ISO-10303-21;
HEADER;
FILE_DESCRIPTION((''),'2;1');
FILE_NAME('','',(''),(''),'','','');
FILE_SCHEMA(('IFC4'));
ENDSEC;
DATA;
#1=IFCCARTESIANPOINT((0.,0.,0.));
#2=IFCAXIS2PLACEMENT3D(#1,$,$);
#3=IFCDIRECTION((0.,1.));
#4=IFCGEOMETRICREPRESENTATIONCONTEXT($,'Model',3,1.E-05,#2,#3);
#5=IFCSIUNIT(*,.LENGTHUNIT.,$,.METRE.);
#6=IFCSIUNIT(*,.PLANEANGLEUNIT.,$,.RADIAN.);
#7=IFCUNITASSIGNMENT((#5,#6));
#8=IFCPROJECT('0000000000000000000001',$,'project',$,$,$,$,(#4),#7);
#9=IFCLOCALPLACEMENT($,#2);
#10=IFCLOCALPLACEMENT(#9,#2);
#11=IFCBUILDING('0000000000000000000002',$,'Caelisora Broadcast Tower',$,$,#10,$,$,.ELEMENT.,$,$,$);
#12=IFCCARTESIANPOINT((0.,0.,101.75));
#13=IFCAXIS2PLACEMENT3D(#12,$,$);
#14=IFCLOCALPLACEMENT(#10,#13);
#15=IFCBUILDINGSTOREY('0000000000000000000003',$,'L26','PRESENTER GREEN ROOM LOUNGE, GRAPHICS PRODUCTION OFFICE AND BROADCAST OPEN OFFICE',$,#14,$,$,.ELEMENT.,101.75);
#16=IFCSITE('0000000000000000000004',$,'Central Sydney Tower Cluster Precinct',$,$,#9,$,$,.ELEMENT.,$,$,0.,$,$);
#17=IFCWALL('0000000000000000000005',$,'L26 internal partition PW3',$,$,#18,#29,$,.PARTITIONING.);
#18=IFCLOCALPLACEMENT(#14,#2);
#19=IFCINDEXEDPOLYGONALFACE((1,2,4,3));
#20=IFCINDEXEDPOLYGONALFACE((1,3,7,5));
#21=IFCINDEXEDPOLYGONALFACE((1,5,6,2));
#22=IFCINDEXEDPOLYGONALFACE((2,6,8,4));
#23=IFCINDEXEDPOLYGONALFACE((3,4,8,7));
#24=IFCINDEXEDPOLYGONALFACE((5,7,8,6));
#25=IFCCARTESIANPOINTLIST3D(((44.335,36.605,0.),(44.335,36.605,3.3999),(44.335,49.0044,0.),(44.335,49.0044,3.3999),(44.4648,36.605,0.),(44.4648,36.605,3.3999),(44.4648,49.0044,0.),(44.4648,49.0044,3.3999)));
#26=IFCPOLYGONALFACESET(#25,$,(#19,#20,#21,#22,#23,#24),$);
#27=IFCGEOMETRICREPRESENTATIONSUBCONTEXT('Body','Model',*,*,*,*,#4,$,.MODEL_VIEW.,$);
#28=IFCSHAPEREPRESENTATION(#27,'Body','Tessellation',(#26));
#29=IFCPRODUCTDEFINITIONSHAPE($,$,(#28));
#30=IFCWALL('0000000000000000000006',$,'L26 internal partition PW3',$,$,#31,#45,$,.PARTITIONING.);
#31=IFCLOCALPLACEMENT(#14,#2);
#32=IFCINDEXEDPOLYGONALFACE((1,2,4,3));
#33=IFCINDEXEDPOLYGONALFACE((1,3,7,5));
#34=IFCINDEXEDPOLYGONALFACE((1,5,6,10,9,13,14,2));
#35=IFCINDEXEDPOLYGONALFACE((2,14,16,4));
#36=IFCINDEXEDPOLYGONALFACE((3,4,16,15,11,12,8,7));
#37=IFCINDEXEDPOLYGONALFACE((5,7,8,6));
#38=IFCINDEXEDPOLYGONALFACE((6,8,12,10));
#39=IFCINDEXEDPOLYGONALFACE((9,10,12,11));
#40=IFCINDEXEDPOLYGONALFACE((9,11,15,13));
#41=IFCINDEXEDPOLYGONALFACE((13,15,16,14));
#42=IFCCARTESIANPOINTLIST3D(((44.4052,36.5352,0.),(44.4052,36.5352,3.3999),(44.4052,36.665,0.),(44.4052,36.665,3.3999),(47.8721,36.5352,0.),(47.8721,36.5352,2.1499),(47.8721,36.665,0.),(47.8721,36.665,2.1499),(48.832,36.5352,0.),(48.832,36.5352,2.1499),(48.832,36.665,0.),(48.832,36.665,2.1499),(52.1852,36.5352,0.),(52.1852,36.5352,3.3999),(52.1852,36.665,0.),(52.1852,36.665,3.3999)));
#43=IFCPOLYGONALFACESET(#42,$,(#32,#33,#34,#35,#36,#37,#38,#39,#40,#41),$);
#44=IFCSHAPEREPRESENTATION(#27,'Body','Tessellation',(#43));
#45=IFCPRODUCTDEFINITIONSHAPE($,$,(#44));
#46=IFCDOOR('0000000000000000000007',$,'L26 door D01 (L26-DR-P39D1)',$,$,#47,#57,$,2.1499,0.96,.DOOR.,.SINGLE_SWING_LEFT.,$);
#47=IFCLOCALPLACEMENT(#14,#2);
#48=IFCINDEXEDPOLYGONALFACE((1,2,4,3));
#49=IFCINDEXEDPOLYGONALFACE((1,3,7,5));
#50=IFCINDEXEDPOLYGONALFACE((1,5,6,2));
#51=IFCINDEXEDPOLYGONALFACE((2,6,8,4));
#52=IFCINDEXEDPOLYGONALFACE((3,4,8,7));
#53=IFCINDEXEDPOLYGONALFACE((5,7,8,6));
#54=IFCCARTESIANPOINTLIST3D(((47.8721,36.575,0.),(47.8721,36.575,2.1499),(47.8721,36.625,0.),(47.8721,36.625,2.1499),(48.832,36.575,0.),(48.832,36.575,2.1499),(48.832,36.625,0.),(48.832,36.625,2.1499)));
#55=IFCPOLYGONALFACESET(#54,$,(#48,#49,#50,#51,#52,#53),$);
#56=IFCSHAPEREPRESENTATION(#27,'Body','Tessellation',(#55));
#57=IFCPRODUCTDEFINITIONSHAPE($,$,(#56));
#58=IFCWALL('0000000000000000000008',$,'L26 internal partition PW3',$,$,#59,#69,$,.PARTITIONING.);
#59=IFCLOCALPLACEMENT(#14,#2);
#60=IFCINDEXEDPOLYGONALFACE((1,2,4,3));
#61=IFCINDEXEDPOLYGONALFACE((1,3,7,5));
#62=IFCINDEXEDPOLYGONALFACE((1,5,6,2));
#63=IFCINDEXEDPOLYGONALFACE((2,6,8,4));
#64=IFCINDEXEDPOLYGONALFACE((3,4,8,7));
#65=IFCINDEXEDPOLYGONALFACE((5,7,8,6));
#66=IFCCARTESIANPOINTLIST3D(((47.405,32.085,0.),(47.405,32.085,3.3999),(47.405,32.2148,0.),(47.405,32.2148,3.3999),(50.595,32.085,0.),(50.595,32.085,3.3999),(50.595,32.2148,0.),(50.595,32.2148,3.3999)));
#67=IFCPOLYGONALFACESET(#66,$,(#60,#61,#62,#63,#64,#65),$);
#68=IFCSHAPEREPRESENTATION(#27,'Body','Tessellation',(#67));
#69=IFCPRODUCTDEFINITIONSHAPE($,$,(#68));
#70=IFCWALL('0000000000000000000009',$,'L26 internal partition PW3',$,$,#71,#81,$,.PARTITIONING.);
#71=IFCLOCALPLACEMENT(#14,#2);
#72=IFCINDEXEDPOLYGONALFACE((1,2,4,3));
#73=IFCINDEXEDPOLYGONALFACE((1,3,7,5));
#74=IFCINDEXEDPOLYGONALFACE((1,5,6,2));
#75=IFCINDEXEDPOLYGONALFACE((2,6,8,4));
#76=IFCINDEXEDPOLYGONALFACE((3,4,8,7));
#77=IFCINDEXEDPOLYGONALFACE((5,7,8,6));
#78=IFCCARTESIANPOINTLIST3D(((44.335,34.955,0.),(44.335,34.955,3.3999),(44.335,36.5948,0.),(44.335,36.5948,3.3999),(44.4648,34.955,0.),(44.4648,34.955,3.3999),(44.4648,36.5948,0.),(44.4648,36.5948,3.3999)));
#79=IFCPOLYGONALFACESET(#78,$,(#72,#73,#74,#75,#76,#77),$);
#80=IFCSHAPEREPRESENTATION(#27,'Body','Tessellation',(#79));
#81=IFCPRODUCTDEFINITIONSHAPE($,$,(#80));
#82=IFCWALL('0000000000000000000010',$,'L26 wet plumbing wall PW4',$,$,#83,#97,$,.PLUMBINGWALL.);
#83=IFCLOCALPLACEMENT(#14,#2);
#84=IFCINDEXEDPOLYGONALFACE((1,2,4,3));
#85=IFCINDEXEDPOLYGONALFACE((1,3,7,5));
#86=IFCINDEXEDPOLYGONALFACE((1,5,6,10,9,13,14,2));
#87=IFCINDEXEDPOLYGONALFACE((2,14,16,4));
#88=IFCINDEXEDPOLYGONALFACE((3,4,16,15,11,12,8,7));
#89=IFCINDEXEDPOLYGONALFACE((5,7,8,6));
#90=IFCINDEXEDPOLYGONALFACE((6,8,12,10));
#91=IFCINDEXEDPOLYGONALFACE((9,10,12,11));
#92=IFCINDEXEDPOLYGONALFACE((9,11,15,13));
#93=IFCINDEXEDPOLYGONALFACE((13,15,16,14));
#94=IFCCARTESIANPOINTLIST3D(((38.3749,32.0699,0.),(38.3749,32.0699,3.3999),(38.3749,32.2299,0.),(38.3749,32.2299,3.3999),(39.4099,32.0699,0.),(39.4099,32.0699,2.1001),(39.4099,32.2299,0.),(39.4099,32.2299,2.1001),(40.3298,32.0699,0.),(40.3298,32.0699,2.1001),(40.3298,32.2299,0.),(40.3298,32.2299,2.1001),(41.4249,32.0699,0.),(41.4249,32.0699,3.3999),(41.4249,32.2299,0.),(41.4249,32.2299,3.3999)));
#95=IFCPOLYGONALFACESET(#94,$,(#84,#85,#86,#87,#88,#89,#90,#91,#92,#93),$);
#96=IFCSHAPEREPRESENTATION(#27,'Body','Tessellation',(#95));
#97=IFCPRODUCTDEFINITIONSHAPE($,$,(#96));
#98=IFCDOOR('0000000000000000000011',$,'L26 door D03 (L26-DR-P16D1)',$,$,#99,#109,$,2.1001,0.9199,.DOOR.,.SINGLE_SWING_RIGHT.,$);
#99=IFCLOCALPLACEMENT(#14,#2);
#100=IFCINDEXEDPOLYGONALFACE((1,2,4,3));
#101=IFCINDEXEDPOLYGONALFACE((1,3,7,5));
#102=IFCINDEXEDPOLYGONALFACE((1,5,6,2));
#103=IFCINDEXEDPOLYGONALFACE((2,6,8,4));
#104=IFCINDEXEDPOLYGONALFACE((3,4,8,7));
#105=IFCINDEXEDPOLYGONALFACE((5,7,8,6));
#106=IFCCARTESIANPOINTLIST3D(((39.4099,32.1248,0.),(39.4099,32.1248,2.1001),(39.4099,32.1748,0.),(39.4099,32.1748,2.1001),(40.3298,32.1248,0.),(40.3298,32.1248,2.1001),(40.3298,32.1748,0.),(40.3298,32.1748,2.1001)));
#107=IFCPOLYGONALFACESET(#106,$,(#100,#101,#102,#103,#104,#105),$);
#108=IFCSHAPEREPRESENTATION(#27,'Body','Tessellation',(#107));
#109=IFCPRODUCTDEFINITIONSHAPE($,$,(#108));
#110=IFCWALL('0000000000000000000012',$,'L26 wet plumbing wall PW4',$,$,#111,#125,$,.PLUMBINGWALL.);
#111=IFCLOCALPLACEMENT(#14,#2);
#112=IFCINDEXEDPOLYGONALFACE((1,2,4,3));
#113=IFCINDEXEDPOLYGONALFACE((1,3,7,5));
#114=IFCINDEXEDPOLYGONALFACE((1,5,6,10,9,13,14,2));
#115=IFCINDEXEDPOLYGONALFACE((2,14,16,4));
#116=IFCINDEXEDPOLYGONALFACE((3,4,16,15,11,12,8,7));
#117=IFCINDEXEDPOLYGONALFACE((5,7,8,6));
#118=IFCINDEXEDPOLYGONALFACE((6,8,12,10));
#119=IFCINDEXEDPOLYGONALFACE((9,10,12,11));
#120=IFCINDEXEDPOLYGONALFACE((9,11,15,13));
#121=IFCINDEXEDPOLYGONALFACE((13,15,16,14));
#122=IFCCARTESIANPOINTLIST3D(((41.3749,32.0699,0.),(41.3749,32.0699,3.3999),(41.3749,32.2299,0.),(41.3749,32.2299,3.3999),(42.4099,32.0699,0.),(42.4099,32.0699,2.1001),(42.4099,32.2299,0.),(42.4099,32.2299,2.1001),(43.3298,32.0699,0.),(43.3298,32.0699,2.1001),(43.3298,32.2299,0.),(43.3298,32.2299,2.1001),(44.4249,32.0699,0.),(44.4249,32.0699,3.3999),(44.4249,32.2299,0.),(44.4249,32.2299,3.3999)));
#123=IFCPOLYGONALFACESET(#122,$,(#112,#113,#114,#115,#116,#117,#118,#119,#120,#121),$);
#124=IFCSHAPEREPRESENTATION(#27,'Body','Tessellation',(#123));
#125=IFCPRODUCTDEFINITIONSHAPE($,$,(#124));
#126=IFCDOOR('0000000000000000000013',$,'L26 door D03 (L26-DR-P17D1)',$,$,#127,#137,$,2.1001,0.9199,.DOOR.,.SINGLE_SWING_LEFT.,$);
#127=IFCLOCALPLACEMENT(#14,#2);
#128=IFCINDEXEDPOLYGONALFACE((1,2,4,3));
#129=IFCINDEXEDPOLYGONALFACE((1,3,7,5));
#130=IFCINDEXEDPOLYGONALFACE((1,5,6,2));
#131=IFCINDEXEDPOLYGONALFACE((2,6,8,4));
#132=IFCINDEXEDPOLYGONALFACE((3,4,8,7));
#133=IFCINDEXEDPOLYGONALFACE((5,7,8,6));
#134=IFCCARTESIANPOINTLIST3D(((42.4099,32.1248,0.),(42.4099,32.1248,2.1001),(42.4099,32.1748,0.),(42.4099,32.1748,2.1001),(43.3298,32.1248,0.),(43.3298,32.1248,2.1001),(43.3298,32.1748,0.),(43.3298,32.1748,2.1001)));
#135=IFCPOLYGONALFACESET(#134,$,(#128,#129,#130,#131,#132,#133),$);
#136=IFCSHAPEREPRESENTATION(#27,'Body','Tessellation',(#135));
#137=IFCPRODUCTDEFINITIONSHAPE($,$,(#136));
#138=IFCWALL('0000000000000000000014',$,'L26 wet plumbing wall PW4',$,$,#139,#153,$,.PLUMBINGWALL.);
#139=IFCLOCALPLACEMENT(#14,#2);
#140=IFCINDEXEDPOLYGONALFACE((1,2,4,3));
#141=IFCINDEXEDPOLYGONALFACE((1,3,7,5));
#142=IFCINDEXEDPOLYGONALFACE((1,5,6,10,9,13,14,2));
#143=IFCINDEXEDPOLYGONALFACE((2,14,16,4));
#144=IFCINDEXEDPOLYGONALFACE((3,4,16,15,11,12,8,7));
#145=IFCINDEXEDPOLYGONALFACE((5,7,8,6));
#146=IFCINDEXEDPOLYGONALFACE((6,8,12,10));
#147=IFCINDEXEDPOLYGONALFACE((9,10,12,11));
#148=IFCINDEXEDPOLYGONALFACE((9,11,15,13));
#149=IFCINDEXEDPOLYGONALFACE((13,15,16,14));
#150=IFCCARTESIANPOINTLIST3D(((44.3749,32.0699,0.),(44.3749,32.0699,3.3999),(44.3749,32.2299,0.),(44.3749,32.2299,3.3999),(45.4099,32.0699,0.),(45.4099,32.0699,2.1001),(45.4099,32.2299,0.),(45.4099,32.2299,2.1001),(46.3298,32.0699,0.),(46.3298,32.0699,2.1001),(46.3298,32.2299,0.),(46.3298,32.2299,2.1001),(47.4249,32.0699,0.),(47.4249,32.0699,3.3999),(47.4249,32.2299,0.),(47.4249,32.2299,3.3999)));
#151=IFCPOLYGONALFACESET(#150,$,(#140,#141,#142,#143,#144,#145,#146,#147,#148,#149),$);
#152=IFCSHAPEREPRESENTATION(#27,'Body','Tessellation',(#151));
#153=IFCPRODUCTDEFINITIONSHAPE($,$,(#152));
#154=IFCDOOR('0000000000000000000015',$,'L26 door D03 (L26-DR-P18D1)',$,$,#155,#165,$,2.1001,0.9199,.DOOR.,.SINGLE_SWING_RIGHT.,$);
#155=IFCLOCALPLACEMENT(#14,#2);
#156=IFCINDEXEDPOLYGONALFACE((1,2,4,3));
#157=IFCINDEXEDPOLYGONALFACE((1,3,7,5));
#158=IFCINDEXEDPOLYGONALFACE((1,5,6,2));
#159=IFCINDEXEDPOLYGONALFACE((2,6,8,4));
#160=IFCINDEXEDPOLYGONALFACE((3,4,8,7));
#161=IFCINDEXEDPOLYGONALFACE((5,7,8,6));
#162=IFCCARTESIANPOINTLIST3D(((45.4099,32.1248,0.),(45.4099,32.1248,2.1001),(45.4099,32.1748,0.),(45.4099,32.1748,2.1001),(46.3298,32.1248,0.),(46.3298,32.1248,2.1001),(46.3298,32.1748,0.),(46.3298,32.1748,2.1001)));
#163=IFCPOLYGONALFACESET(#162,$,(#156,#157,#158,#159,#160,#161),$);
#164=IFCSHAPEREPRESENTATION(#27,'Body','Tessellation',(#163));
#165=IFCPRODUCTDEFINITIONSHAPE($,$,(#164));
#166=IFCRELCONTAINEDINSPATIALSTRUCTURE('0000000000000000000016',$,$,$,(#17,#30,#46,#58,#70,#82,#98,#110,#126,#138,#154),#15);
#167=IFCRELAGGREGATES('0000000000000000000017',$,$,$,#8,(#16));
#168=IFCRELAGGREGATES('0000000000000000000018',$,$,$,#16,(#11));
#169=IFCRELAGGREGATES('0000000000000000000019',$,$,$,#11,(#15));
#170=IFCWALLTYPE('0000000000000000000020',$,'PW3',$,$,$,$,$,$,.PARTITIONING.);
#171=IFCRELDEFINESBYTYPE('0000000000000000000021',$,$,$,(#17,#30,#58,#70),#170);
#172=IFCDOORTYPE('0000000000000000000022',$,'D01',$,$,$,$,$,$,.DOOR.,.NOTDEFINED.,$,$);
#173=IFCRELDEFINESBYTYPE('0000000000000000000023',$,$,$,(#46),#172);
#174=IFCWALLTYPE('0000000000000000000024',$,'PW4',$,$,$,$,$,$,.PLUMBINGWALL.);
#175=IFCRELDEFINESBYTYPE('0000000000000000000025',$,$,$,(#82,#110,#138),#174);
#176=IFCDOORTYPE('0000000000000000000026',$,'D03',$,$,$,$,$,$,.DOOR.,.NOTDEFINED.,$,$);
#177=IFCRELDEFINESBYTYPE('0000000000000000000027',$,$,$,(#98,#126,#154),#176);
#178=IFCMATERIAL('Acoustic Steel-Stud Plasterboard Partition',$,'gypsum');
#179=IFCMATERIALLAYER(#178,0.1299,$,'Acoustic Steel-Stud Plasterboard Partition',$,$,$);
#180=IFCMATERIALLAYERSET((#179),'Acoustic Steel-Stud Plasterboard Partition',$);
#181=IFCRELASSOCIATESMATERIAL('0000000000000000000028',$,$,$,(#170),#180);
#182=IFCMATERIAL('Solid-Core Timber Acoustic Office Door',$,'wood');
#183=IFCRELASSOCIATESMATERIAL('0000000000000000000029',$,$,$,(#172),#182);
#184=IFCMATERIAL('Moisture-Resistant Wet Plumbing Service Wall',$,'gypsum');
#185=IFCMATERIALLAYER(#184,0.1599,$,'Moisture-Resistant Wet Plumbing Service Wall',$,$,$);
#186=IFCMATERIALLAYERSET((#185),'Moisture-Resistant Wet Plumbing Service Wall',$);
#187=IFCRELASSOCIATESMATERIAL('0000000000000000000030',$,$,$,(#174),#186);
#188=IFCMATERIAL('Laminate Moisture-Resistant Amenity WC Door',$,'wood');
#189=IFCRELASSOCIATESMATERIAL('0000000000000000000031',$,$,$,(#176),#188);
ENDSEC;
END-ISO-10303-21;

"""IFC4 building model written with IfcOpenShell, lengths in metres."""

from ifc_helpers import new_model, si_unit, direction, frame, frame_2d, origin, place, context, subcontext, project, spatial, rectangle, extrude, material, layer, layer_set, type_object, element, fill, save


model = new_model("IFC4")

# Units and contexts
model_context = context("Model", 3, precision=1e-05, world=origin(), true_north=direction((0.0, 1.0)))
body_context = subcontext(model_context, "Body", "Model", "MODEL_VIEW")
ifc_project = project(units=[si_unit("LENGTHUNIT", "METRE"), si_unit("PLANEANGLEUNIT", "RADIAN")], contexts=[model_context])

# Site, building, storey
site_placement = place(None, origin())
site = spatial("IfcSite", under=ifc_project, at=site_placement, Name="Central Sydney Tower Cluster Precinct", CompositionType="ELEMENT", RefElevation=0.0)
building_placement = place(site_placement, origin())
building = spatial("IfcBuilding", under=site, at=building_placement, Name="Caelisora Broadcast Tower", CompositionType="ELEMENT")
storey_placement = place(building_placement, frame((0.0, 0.0, 101.75)))
storey = spatial("IfcBuildingStorey", under=building, at=storey_placement, Name="L26", Description="PRESENTER GREEN ROOM LOUNGE, GRAPHICS PRODUCTION OFFICE AND BROADCAST OPEN OFFICE", CompositionType="ELEMENT", Elevation=101.75)

# Wall
ifc_material_1 = material(Name="Acoustic Steel-Stud Plasterboard Partition", Category="gypsum")
ifc_layer_1 = layer(ifc_material_1, 0.1299, Name="Acoustic Steel-Stud Plasterboard Partition")
ifc_layer_set_1 = layer_set([ifc_layer_1], Name="Acoustic Steel-Stud Plasterboard Partition")
wall_type_1 = type_object("IfcWallType", Name="PW3", PredefinedType="PARTITIONING", material=ifc_layer_set_1)
wall_1_placement = place(storey_placement, frame((44.3999, 36.605, 0.0), z_axis=(0.0, 0.0, 1.0), x_axis=(0.0, 1.0, 0.0)))
element("IfcWall", 1, at=wall_1_placement, inside=storey, type_object=wall_type_1, Name="L26 internal partition PW3", PredefinedType="PARTITIONING", context=body_context, shape_type="SweptSolid", body=[
    extrude(rectangle(XDim=12.3994, YDim=0.1299, at=frame_2d((6.1997, 0.0))), origin(), (0.0, 0.0, 1.0), 3.3999),
])

# Wall, opening, door
wall_2_placement = place(storey_placement, frame((44.405, 36.6001, 0.0), z_axis=(0.0, 0.0, 1.0), x_axis=(1.0, 0.0, 0.0)))
wall_2 = element("IfcWall", 2, at=wall_2_placement, inside=storey, type_object=wall_type_1, Name="L26 internal partition PW3", PredefinedType="PARTITIONING", context=body_context, shape_type="SweptSolid", body=[
    extrude(rectangle(XDim=7.78, YDim=0.1299, at=frame_2d((3.8901, 0.0))), origin(), (0.0, 0.0, 1.0), 3.3999),
])
opening_1_placement = place(wall_2_placement, frame((3.467, 0.0, 0.0)))
opening_1 = element("IfcOpeningElement", 3, at=opening_1_placement, cuts=wall_2, PredefinedType="OPENING", context=body_context, shape_type="SweptSolid", body=[
    extrude(rectangle(XDim=0.96, YDim=2.1499, at=frame_2d((0.48, 1.075))), frame((0.0, 0.0769, 0.0), z_axis=(0.0, -1.0, 0.0), x_axis=(1.0, 0.0, 0.0)), (0.0, 0.0, 1.0), 0.1538),
])
ifc_material_2 = material(Name="Solid-Core Timber Acoustic Office Door", Category="wood")
door_type_1 = type_object("IfcDoorType", Name="D01", OperationType="NOTDEFINED", PredefinedType="DOOR", material=ifc_material_2)
door_1_placement = place(opening_1_placement, origin())
door_1 = element("IfcDoor", 4, at=door_1_placement, inside=storey, type_object=door_type_1, Name="L26 door D01 (L26-DR-P39D1)", OperationType="SINGLE_SWING_LEFT", OverallHeight=2.1499, OverallWidth=0.96, PredefinedType="DOOR", context=body_context, shape_type="SweptSolid", body=[
    extrude(rectangle(XDim=0.96, YDim=2.1499, at=frame_2d((0.48, 1.075))), frame((0.0, 0.0249, 0.0), z_axis=(0.0, -1.0, 0.0), x_axis=(1.0, 0.0, 0.0)), (0.0, 0.0, 1.0), 0.05),
])
fill(opening_1, door_1)

# Walls
wall_3_placement = place(storey_placement, frame((47.405, 32.1499, 0.0), z_axis=(0.0, 0.0, 1.0), x_axis=(1.0, 0.0, 0.0)))
element("IfcWall", 5, at=wall_3_placement, inside=storey, type_object=wall_type_1, Name="L26 internal partition PW3", PredefinedType="PARTITIONING", context=body_context, shape_type="SweptSolid", body=[
    extrude(rectangle(XDim=3.1899, YDim=0.1299, at=frame_2d((1.595, 0.0))), origin(), (0.0, 0.0, 1.0), 3.3999),
])
wall_4_placement = place(storey_placement, frame((44.3999, 34.9551, 0.0), z_axis=(0.0, 0.0, 1.0), x_axis=(0.0, 1.0, 0.0)))
element("IfcWall", 6, at=wall_4_placement, inside=storey, type_object=wall_type_1, Name="L26 internal partition PW3", PredefinedType="PARTITIONING", context=body_context, shape_type="SweptSolid", body=[
    extrude(rectangle(XDim=1.6399, YDim=0.1299, at=frame_2d((0.8198, 0.0))), origin(), (0.0, 0.0, 1.0), 3.3999),
])

# Walls, openings, doors
ifc_material_3 = material(Name="Moisture-Resistant Wet Plumbing Service Wall", Category="gypsum")
ifc_layer_2 = layer(ifc_material_3, 0.1599, Name="Moisture-Resistant Wet Plumbing Service Wall")
ifc_layer_set_2 = layer_set([ifc_layer_2], Name="Moisture-Resistant Wet Plumbing Service Wall")
wall_type_2 = type_object("IfcWallType", Name="PW4", PredefinedType="PLUMBINGWALL", material=ifc_layer_set_2)
wall_5_placement = place(storey_placement, frame((38.375, 32.1499, 0.0), z_axis=(0.0, 0.0, 1.0), x_axis=(1.0, 0.0, 0.0)))
wall_5 = element("IfcWall", 7, at=wall_5_placement, inside=storey, type_object=wall_type_2, Name="L26 wet plumbing wall PW4", PredefinedType="PLUMBINGWALL", context=body_context, shape_type="SweptSolid", body=[
    extrude(rectangle(XDim=3.05, YDim=0.1599, at=frame_2d((1.5249, 0.0))), origin(), (0.0, 0.0, 1.0), 3.3999),
])
opening_2_placement = place(wall_5_placement, frame((1.0349, 0.0, 0.0)))
opening_2 = element("IfcOpeningElement", 8, at=opening_2_placement, cuts=wall_5, PredefinedType="OPENING", context=body_context, shape_type="SweptSolid", body=[
    extrude(rectangle(XDim=0.9199, YDim=2.1001, at=frame_2d((0.46, 1.05))), frame((0.0, 0.092, 0.0), z_axis=(0.0, -1.0, 0.0), x_axis=(1.0, 0.0, 0.0)), (0.0, 0.0, 1.0), 0.1838),
])
ifc_material_4 = material(Name="Laminate Moisture-Resistant Amenity WC Door", Category="wood")
door_type_2 = type_object("IfcDoorType", Name="D03", OperationType="NOTDEFINED", PredefinedType="DOOR", material=ifc_material_4)
door_2_placement = place(opening_2_placement, origin())
door_2 = element("IfcDoor", 9, at=door_2_placement, inside=storey, type_object=door_type_2, Name="L26 door D03 (L26-DR-P16D1)", OperationType="SINGLE_SWING_RIGHT", OverallHeight=2.1001, OverallWidth=0.9199, PredefinedType="DOOR", context=body_context, shape_type="SweptSolid", body=[
    extrude(rectangle(XDim=0.9199, YDim=2.1001, at=frame_2d((0.46, 1.05))), frame((0.0, 0.0249, 0.0), z_axis=(0.0, -1.0, 0.0), x_axis=(1.0, 0.0, 0.0)), (0.0, 0.0, 1.0), 0.05),
])
fill(opening_2, door_2)
wall_6_placement = place(storey_placement, frame((41.375, 32.1499, 0.0), z_axis=(0.0, 0.0, 1.0), x_axis=(1.0, 0.0, 0.0)))
wall_6 = element("IfcWall", 10, at=wall_6_placement, inside=storey, type_object=wall_type_2, Name="L26 wet plumbing wall PW4", PredefinedType="PLUMBINGWALL", context=body_context, shape_type="SweptSolid", body=[
    extrude(rectangle(XDim=3.05, YDim=0.1599, at=frame_2d((1.5249, 0.0))), origin(), (0.0, 0.0, 1.0), 3.3999),
])
opening_3_placement = place(wall_6_placement, frame((1.0349, 0.0, 0.0)))
opening_3 = element("IfcOpeningElement", 11, at=opening_3_placement, cuts=wall_6, PredefinedType="OPENING", context=body_context, shape_type="SweptSolid", body=[
    extrude(rectangle(XDim=0.9199, YDim=2.1001, at=frame_2d((0.46, 1.05))), frame((0.0, 0.092, 0.0), z_axis=(0.0, -1.0, 0.0), x_axis=(1.0, 0.0, 0.0)), (0.0, 0.0, 1.0), 0.1838),
])
door_3_placement = place(opening_3_placement, origin())
door_3 = element("IfcDoor", 12, at=door_3_placement, inside=storey, type_object=door_type_2, Name="L26 door D03 (L26-DR-P17D1)", OperationType="SINGLE_SWING_LEFT", OverallHeight=2.1001, OverallWidth=0.9199, PredefinedType="DOOR", context=body_context, shape_type="SweptSolid", body=[
    extrude(rectangle(XDim=0.9199, YDim=2.1001, at=frame_2d((0.46, 1.05))), frame((0.0, 0.0249, 0.0), z_axis=(0.0, -1.0, 0.0), x_axis=(1.0, 0.0, 0.0)), (0.0, 0.0, 1.0), 0.05),
])
fill(opening_3, door_3)
wall_7_placement = place(storey_placement, frame((44.375, 32.1499, 0.0), z_axis=(0.0, 0.0, 1.0), x_axis=(1.0, 0.0, 0.0)))
wall_7 = element("IfcWall", 13, at=wall_7_placement, inside=storey, type_object=wall_type_2, Name="L26 wet plumbing wall PW4", PredefinedType="PLUMBINGWALL", context=body_context, shape_type="SweptSolid", body=[
    extrude(rectangle(XDim=3.05, YDim=0.1599, at=frame_2d((1.5249, 0.0))), origin(), (0.0, 0.0, 1.0), 3.3999),
])
opening_4_placement = place(wall_7_placement, frame((1.0349, 0.0, 0.0)))
opening_4 = element("IfcOpeningElement", 14, at=opening_4_placement, cuts=wall_7, PredefinedType="OPENING", context=body_context, shape_type="SweptSolid", body=[
    extrude(rectangle(XDim=0.9199, YDim=2.1001, at=frame_2d((0.46, 1.05))), frame((0.0, 0.092, 0.0), z_axis=(0.0, -1.0, 0.0), x_axis=(1.0, 0.0, 0.0)), (0.0, 0.0, 1.0), 0.1838),
])
door_4_placement = place(opening_4_placement, origin())
door_4 = element("IfcDoor", 15, at=door_4_placement, inside=storey, type_object=door_type_2, Name="L26 door D03 (L26-DR-P18D1)", OperationType="SINGLE_SWING_RIGHT", OverallHeight=2.1001, OverallWidth=0.9199, PredefinedType="DOOR", context=body_context, shape_type="SweptSolid", body=[
    extrude(rectangle(XDim=0.9199, YDim=2.1001, at=frame_2d((0.46, 1.05))), frame((0.0, 0.0249, 0.0), z_axis=(0.0, -1.0, 0.0), x_axis=(1.0, 0.0, 0.0)), (0.0, 0.0, 1.0), 0.05),
])
fill(opening_4, door_4)

save(model, "model.ifc")
